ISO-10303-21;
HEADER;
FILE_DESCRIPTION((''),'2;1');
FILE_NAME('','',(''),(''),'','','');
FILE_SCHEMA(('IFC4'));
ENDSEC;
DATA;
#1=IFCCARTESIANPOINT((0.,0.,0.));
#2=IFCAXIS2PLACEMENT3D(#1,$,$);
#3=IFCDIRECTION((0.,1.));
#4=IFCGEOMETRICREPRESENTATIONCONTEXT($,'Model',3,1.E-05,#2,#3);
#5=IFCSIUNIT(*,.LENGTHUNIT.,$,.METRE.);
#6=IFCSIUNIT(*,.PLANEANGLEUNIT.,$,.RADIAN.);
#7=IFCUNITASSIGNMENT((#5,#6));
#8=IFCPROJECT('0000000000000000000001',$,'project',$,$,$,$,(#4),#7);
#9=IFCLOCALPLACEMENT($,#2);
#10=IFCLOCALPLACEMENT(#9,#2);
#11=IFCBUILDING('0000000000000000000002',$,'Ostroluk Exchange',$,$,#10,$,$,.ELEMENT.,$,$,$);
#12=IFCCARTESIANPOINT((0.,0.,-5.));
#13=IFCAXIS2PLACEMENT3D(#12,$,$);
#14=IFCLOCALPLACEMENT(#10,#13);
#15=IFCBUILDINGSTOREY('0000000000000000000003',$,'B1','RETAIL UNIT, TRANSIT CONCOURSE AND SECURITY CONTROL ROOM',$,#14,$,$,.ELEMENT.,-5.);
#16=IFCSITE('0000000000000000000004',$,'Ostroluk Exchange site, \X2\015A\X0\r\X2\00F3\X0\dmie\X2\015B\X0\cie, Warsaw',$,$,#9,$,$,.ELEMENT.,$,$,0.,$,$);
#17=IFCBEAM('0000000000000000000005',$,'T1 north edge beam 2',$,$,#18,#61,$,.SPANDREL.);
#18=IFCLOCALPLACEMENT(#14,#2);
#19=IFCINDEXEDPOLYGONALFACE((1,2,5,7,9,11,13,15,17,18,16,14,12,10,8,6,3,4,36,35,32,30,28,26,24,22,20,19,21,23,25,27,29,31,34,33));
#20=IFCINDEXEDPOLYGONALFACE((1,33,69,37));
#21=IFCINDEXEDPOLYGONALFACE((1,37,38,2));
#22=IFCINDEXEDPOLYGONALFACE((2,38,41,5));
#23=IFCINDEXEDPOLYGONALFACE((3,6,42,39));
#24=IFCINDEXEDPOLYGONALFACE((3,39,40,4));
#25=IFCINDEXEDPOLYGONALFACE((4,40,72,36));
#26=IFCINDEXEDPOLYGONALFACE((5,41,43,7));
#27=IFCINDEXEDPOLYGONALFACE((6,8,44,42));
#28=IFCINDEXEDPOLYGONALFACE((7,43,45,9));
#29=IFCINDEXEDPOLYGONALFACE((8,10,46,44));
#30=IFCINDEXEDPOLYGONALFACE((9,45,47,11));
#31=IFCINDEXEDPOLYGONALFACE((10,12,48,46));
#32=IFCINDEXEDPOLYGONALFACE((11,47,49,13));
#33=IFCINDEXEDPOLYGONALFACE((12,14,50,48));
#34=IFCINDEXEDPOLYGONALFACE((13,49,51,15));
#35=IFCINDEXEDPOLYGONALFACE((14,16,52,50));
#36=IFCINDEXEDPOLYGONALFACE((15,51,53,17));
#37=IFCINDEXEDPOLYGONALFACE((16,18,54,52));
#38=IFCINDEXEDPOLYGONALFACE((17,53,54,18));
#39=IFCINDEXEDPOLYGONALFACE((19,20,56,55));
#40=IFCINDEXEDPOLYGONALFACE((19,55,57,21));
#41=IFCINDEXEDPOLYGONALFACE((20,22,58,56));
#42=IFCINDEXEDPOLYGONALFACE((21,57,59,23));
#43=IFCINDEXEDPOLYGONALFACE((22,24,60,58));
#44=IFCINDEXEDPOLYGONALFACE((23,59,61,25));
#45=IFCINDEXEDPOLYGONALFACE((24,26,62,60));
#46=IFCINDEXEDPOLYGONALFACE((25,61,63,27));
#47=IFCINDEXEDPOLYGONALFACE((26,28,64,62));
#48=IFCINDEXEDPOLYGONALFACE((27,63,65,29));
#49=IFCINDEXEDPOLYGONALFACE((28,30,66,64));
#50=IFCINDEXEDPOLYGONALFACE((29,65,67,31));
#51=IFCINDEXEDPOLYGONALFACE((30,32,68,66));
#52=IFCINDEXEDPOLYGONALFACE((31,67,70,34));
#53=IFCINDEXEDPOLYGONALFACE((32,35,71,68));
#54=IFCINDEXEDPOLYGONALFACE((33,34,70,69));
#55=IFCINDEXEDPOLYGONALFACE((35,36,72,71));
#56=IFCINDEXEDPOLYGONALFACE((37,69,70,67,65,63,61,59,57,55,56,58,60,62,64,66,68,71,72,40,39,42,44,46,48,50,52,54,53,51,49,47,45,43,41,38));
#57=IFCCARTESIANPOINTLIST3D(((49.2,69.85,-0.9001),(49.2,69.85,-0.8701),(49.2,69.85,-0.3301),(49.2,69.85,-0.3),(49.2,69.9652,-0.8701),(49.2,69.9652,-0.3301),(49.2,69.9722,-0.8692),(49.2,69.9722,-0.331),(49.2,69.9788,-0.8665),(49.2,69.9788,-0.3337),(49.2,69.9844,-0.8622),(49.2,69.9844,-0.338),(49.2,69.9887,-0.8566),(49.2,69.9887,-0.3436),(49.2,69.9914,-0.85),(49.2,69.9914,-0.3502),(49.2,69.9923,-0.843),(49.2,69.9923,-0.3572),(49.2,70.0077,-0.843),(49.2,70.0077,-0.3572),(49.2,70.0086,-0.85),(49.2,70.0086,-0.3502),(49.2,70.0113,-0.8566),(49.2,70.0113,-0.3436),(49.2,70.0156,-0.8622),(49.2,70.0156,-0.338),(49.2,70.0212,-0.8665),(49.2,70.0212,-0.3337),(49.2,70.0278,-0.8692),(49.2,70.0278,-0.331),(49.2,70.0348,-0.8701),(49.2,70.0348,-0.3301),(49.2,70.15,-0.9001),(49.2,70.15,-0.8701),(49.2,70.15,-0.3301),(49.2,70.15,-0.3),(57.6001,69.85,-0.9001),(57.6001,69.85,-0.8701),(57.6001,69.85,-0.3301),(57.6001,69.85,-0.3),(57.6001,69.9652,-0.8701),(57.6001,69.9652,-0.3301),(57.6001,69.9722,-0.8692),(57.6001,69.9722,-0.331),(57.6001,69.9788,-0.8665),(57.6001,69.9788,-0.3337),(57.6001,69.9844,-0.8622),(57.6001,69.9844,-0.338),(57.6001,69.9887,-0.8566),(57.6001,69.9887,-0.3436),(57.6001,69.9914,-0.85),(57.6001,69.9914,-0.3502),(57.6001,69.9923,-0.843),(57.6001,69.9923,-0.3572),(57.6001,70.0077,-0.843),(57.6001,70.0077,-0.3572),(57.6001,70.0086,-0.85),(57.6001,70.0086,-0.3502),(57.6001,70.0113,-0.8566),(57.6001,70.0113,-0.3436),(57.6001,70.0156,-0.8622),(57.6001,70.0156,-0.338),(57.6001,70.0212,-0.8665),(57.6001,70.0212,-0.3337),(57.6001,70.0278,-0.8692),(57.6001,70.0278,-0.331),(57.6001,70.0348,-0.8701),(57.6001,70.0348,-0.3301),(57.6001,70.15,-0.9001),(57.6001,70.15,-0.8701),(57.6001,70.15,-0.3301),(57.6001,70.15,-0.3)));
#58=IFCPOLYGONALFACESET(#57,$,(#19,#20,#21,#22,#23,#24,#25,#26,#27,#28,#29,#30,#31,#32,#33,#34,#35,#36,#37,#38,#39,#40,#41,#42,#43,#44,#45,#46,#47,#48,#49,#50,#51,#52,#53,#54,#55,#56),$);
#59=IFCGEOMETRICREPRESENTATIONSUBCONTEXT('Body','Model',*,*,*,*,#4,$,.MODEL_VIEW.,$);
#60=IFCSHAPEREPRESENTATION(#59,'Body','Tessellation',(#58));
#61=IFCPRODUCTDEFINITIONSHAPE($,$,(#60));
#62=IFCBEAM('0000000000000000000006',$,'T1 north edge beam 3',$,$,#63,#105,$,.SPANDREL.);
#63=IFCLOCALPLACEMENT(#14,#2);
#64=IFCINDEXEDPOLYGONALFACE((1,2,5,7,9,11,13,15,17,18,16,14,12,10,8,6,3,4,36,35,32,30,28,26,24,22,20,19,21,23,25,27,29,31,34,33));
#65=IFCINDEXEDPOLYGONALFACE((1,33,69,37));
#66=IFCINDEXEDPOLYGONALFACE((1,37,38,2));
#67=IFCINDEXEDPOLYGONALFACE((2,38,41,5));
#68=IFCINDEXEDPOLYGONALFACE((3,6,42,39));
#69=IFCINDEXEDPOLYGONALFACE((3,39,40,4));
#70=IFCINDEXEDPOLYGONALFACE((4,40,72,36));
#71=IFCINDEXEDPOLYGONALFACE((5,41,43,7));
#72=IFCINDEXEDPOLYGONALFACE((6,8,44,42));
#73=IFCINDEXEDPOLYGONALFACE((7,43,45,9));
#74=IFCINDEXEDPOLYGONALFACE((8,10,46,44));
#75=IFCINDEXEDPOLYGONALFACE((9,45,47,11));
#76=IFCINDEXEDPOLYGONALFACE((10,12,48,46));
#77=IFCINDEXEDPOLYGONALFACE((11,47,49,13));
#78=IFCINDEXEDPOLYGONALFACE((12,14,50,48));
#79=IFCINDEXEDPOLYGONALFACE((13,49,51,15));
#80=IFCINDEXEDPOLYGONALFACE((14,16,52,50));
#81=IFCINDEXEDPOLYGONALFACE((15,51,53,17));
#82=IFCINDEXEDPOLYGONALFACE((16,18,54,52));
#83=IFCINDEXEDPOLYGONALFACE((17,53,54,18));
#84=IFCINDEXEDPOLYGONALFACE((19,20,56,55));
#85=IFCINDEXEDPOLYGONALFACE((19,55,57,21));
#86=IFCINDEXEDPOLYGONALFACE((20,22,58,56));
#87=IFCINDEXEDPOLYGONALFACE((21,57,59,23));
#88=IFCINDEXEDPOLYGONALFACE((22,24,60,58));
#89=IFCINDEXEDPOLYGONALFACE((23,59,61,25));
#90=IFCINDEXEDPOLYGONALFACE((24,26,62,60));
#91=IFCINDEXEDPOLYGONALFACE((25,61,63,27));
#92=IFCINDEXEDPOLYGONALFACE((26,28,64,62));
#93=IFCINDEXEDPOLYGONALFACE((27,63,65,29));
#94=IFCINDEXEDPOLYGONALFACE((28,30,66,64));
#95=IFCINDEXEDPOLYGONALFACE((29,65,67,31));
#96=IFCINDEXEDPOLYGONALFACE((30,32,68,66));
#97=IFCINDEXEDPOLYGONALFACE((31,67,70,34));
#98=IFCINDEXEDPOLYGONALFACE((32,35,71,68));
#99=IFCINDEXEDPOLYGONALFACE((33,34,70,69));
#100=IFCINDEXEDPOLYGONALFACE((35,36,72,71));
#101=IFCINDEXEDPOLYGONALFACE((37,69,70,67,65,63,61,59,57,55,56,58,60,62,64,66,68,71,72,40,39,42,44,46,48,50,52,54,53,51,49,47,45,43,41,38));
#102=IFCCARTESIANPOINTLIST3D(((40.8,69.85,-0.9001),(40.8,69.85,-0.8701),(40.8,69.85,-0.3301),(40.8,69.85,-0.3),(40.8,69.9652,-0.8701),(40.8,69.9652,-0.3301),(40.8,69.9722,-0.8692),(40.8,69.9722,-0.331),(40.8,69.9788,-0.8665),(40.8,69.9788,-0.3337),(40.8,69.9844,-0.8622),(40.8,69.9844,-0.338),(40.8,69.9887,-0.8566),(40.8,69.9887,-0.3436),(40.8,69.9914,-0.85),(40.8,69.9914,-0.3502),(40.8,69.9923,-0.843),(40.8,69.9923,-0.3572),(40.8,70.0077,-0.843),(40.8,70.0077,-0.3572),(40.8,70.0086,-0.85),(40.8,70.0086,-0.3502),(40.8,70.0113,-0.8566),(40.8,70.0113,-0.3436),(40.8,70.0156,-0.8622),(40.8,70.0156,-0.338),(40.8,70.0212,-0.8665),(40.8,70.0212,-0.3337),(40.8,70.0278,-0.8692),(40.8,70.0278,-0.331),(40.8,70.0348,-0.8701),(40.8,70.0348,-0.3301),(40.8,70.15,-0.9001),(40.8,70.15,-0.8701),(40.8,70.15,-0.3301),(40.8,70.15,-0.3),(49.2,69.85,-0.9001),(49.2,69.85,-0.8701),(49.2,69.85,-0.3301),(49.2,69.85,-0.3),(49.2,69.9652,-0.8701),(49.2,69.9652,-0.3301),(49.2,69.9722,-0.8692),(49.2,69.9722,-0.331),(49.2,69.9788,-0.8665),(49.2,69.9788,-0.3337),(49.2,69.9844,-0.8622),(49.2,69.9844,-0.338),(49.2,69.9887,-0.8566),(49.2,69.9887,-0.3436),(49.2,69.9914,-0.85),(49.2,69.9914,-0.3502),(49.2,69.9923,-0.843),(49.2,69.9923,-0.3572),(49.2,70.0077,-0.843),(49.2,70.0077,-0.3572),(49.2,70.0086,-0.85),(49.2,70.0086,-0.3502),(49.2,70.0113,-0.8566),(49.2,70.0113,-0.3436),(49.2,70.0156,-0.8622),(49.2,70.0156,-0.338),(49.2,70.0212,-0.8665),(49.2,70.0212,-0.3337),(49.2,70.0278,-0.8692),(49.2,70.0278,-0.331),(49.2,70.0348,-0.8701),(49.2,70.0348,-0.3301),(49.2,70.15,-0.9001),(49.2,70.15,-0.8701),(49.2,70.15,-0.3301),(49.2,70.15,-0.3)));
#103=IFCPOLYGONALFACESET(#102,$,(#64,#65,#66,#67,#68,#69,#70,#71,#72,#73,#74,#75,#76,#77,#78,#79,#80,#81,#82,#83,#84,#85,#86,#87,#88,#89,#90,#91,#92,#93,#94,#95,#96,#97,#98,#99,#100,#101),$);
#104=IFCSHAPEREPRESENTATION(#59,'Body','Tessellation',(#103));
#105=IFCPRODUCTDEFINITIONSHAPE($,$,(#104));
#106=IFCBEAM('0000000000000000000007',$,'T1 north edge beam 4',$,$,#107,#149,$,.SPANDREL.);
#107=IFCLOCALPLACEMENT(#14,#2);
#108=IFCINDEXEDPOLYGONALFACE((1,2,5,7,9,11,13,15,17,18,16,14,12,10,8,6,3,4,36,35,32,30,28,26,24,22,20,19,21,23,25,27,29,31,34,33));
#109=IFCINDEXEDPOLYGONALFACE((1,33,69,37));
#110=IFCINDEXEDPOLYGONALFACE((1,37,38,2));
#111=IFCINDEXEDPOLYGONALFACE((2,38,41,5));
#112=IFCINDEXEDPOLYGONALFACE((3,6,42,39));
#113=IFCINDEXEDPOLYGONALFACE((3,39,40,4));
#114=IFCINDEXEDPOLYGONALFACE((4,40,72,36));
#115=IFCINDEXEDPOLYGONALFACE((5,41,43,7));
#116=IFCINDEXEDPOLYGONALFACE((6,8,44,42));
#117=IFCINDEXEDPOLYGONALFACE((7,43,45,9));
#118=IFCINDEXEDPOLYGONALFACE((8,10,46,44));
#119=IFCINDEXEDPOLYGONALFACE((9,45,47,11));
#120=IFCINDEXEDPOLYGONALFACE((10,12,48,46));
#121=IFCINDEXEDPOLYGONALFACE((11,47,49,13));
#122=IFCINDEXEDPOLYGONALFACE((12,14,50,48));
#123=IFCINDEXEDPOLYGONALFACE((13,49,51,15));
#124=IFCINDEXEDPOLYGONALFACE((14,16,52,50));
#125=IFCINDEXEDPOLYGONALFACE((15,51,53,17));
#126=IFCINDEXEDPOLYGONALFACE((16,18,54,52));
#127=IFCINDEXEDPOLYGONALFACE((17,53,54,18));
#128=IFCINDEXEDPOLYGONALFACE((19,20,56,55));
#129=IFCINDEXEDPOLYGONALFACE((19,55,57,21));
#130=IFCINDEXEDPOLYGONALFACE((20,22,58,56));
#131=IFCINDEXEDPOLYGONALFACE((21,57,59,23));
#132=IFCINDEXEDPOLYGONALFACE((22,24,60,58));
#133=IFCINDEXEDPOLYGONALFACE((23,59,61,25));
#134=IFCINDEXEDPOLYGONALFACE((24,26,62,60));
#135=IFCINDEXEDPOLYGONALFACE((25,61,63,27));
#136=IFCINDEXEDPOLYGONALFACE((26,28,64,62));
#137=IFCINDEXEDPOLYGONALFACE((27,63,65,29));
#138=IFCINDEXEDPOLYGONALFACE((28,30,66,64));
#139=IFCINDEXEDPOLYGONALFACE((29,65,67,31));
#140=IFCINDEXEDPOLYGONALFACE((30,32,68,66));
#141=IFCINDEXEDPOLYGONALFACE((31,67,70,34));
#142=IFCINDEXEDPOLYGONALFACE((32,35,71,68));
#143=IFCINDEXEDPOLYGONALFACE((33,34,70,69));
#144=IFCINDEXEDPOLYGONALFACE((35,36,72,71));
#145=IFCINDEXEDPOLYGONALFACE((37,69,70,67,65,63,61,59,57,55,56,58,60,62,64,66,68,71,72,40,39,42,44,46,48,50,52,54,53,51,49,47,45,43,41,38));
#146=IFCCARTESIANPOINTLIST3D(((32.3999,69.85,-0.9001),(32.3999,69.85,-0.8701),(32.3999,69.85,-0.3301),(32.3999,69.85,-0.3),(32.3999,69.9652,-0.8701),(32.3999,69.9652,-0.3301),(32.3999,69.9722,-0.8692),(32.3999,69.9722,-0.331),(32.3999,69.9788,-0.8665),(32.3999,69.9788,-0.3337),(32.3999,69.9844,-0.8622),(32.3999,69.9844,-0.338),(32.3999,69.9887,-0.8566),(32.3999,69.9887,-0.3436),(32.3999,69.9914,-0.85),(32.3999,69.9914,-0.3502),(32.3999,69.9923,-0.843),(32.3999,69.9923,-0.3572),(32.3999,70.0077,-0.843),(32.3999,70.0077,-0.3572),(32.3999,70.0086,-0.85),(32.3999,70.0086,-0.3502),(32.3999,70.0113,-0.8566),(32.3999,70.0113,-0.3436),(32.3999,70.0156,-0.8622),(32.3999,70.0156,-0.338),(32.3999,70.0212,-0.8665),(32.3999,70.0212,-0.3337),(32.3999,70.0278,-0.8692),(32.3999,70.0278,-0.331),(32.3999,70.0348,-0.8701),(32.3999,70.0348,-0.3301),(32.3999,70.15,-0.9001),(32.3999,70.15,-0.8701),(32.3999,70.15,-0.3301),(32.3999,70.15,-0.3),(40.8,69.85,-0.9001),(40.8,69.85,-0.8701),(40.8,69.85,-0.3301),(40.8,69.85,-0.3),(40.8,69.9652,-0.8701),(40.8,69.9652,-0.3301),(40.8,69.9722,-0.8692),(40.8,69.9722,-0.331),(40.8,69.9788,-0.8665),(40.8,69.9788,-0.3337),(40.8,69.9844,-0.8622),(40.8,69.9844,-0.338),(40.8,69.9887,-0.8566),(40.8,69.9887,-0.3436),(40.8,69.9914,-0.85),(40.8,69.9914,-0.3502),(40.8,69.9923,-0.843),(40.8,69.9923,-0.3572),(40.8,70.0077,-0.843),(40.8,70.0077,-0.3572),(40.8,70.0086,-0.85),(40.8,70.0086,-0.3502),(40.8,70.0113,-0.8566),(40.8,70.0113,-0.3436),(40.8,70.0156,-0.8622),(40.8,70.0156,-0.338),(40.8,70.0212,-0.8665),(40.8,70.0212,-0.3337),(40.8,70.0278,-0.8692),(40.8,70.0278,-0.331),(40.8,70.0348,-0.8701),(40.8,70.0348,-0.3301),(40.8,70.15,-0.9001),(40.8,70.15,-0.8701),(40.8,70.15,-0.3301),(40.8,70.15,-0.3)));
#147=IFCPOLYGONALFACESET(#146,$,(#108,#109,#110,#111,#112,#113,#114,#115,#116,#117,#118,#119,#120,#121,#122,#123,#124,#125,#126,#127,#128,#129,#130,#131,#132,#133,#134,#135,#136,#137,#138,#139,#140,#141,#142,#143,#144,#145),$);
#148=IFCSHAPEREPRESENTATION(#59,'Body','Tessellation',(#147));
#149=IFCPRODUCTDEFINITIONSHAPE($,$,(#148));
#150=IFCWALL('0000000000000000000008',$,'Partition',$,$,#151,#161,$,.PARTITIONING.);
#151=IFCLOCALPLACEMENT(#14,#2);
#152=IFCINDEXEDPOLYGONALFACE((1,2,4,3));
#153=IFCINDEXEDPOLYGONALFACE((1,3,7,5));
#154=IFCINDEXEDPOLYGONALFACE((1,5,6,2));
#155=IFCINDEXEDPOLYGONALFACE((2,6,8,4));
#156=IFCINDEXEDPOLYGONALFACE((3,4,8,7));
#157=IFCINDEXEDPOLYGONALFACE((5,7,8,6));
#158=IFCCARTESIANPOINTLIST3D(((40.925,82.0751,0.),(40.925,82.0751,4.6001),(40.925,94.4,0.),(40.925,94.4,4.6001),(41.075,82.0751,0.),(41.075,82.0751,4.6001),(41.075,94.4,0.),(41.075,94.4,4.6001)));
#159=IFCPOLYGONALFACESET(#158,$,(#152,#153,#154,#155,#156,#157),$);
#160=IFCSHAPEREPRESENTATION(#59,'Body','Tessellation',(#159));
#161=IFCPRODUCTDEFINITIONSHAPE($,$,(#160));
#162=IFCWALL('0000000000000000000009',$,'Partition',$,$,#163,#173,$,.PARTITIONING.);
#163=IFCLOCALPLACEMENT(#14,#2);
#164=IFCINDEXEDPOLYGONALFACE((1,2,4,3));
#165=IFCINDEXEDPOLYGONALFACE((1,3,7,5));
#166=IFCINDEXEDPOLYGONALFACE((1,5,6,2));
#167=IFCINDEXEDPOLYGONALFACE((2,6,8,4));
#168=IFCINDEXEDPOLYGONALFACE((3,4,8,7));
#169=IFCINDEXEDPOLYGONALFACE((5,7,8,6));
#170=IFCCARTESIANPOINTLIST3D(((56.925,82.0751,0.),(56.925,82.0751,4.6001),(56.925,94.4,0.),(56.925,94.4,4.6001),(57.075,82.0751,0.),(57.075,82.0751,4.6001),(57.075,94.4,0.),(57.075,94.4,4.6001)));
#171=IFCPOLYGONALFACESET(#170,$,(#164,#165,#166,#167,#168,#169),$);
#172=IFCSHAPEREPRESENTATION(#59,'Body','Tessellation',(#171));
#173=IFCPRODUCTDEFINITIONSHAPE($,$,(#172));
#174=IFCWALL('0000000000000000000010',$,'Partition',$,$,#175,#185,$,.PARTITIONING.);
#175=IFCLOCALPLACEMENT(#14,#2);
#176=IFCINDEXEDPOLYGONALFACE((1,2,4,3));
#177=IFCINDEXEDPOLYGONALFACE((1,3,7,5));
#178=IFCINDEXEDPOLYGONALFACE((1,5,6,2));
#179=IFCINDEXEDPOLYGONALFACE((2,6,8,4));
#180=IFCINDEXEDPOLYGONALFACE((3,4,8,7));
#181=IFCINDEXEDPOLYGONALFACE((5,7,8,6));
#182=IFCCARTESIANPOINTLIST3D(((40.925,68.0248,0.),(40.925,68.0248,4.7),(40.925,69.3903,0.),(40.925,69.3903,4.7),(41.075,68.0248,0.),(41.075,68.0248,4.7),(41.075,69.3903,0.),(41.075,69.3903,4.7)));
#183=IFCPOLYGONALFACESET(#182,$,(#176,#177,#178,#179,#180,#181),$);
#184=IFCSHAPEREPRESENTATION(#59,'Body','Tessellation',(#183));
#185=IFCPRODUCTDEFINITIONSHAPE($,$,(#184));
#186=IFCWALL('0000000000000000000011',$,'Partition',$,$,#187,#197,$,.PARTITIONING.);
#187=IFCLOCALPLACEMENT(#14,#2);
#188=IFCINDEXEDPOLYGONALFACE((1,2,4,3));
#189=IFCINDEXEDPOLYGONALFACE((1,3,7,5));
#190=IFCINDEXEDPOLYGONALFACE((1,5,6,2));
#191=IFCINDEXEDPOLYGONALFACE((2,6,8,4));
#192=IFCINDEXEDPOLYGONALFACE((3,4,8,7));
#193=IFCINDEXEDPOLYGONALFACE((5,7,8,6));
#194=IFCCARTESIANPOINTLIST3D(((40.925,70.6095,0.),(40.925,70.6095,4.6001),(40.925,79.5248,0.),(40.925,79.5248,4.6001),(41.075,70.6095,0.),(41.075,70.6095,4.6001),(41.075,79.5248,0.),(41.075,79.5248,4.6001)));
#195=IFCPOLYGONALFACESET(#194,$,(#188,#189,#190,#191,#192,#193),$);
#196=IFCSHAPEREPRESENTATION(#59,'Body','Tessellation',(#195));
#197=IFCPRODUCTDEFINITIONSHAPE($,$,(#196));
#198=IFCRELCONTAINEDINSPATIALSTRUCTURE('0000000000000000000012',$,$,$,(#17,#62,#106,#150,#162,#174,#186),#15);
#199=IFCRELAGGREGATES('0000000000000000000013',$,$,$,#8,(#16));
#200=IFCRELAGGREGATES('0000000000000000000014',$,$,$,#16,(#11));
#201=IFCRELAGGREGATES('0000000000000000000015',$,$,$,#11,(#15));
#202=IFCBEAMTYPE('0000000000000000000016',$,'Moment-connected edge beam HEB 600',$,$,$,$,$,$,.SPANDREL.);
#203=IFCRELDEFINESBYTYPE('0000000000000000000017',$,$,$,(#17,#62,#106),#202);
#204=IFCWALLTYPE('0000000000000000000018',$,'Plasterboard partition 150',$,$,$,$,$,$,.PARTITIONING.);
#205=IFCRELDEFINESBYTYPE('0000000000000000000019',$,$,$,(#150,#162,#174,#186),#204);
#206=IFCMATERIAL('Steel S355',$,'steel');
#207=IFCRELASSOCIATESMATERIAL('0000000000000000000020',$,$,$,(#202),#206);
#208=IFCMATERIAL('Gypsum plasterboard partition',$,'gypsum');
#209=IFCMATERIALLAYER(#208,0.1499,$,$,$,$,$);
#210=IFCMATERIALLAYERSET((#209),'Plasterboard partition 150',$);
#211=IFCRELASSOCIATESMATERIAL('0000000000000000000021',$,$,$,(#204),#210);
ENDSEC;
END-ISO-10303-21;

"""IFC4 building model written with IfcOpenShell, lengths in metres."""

from ifc_helpers import new_model, si_unit, direction, frame, frame_2d, origin, origin_2d, place, context, subcontext, project, spatial, rectangle, i_section, extrude, material, layer, layer_set, material_profile, profile_set, type_object, element, save


model = new_model("IFC4")

# Units and contexts
model_context = context("Model", 3, precision=1e-05, world=origin(), true_north=direction((0.0, 1.0)))
body_context = subcontext(model_context, "Body", "Model", "MODEL_VIEW")
ifc_project = project(units=[si_unit("LENGTHUNIT", "METRE"), si_unit("PLANEANGLEUNIT", "RADIAN")], contexts=[model_context])

# Site, building, storey
site_placement = place(None, origin())
site = spatial("IfcSite", under=ifc_project, at=site_placement, Name="Ostroluk Exchange site, Śródmieście, Warsaw", CompositionType="ELEMENT", RefElevation=0.0)
building_placement = place(site_placement, origin())
building = spatial("IfcBuilding", under=site, at=building_placement, Name="Ostroluk Exchange", CompositionType="ELEMENT")
storey_placement = place(building_placement, frame((0.0, 0.0, -5.0)))
storey = spatial("IfcBuildingStorey", under=building, at=storey_placement, Name="B1", Description="RETAIL UNIT, TRANSIT CONCOURSE AND SECURITY CONTROL ROOM", CompositionType="ELEMENT", Elevation=-5.0)

# Beams
ifc_material_1 = material(Name="Steel S355", Category="steel")
ifc_material_profile_1 = material_profile(ifc_material_1, i_section(OverallWidth=0.3, OverallDepth=0.6001, WebThickness=0.0154, FlangeThickness=0.03, FilletRadius=0.0271, at=origin_2d()), Name="HEB 600")
ifc_profile_set_1 = profile_set([ifc_material_profile_1], Name="Steel S355")
beam_type = type_object("IfcBeamType", Name="Moment-connected edge beam HEB 600", PredefinedType="SPANDREL", material=ifc_profile_set_1)
beam_1_placement = place(storey_placement, frame((57.6001, 70.0, -0.6001), z_axis=(-1.0, 0.0, 0.0), x_axis=(0.0, -1.0, 0.0)))
element("IfcBeam", 1, at=beam_1_placement, inside=storey, type_object=beam_type, Name="T1 north edge beam 2", PredefinedType="SPANDREL", context=body_context, shape_type="SweptSolid", body=[
    extrude(i_section(OverallWidth=0.3, OverallDepth=0.6001, WebThickness=0.0154, FlangeThickness=0.03, FilletRadius=0.0271, at=origin_2d()), origin(), (0.0, 0.0, 1.0), 8.4001),
])
beam_2_placement = place(storey_placement, frame((49.2, 70.0, -0.6001), z_axis=(-1.0, 0.0, 0.0), x_axis=(0.0, -1.0, 0.0)))
element("IfcBeam", 2, at=beam_2_placement, inside=storey, type_object=beam_type, Name="T1 north edge beam 3", PredefinedType="SPANDREL", context=body_context, shape_type="SweptSolid", body=[
    extrude(i_section(OverallWidth=0.3, OverallDepth=0.6001, WebThickness=0.0154, FlangeThickness=0.03, FilletRadius=0.0271, at=origin_2d()), origin(), (0.0, 0.0, 1.0), 8.3999),
])
beam_3_placement = place(storey_placement, frame((40.8, 70.0, -0.6001), z_axis=(-1.0, 0.0, 0.0), x_axis=(0.0, -1.0, 0.0)))
element("IfcBeam", 3, at=beam_3_placement, inside=storey, type_object=beam_type, Name="T1 north edge beam 4", PredefinedType="SPANDREL", context=body_context, shape_type="SweptSolid", body=[
    extrude(i_section(OverallWidth=0.3, OverallDepth=0.6001, WebThickness=0.0154, FlangeThickness=0.03, FilletRadius=0.0271, at=origin_2d()), origin(), (0.0, 0.0, 1.0), 8.4001),
])

# Walls
ifc_material_2 = material(Name="Gypsum plasterboard partition", Category="gypsum")
ifc_layer = layer(ifc_material_2, 0.1499)
ifc_layer_set = layer_set([ifc_layer], Name="Plasterboard partition 150")
wall_type = type_object("IfcWallType", Name="Plasterboard partition 150", PredefinedType="PARTITIONING", material=ifc_layer_set)
for number, where, z_axis, x_axis, name in (
    (4, (41.0, 82.075, 0.0), (0.0, 0.0, 1.0), (0.0, 1.0, 0.0), "Partition"),
    (5, (57.0, 82.075, 0.0), (0.0, 0.0, 1.0), (0.0, 1.0, 0.0), "Partition"),
):
    element("IfcWall", number, at=place(storey_placement, frame(where, z_axis=z_axis, x_axis=x_axis)), inside=storey, type_object=wall_type, Name=name, PredefinedType="PARTITIONING", context=body_context, shape_type="SweptSolid", body=[
        extrude(rectangle(XDim=12.325, YDim=0.1499, at=frame_2d((6.1626, 0.0))), origin(), (0.0, 0.0, 1.0), 4.6001),
    ])
wall_1_placement = place(storey_placement, frame((41.0, 68.0249, 0.0), z_axis=(0.0, 0.0, 1.0), x_axis=(0.0, 1.0, 0.0)))
element("IfcWall", 6, at=wall_1_placement, inside=storey, type_object=wall_type, Name="Partition", PredefinedType="PARTITIONING", context=body_context, shape_type="SweptSolid", body=[
    extrude(rectangle(XDim=1.3655, YDim=0.1499, at=frame_2d((0.6826, 0.0))), origin(), (0.0, 0.0, 1.0), 4.7),
])
wall_2_placement = place(storey_placement, frame((41.0, 70.6096, 0.0), z_axis=(0.0, 0.0, 1.0), x_axis=(0.0, 1.0, 0.0)))
element("IfcWall", 7, at=wall_2_placement, inside=storey, type_object=wall_type, Name="Partition", PredefinedType="PARTITIONING", context=body_context, shape_type="SweptSolid", body=[
    extrude(rectangle(XDim=8.9153, YDim=0.1499, at=frame_2d((4.4575, 0.0))), origin(), (0.0, 0.0, 1.0), 4.6001),
])

save(model, "model.ifc")
